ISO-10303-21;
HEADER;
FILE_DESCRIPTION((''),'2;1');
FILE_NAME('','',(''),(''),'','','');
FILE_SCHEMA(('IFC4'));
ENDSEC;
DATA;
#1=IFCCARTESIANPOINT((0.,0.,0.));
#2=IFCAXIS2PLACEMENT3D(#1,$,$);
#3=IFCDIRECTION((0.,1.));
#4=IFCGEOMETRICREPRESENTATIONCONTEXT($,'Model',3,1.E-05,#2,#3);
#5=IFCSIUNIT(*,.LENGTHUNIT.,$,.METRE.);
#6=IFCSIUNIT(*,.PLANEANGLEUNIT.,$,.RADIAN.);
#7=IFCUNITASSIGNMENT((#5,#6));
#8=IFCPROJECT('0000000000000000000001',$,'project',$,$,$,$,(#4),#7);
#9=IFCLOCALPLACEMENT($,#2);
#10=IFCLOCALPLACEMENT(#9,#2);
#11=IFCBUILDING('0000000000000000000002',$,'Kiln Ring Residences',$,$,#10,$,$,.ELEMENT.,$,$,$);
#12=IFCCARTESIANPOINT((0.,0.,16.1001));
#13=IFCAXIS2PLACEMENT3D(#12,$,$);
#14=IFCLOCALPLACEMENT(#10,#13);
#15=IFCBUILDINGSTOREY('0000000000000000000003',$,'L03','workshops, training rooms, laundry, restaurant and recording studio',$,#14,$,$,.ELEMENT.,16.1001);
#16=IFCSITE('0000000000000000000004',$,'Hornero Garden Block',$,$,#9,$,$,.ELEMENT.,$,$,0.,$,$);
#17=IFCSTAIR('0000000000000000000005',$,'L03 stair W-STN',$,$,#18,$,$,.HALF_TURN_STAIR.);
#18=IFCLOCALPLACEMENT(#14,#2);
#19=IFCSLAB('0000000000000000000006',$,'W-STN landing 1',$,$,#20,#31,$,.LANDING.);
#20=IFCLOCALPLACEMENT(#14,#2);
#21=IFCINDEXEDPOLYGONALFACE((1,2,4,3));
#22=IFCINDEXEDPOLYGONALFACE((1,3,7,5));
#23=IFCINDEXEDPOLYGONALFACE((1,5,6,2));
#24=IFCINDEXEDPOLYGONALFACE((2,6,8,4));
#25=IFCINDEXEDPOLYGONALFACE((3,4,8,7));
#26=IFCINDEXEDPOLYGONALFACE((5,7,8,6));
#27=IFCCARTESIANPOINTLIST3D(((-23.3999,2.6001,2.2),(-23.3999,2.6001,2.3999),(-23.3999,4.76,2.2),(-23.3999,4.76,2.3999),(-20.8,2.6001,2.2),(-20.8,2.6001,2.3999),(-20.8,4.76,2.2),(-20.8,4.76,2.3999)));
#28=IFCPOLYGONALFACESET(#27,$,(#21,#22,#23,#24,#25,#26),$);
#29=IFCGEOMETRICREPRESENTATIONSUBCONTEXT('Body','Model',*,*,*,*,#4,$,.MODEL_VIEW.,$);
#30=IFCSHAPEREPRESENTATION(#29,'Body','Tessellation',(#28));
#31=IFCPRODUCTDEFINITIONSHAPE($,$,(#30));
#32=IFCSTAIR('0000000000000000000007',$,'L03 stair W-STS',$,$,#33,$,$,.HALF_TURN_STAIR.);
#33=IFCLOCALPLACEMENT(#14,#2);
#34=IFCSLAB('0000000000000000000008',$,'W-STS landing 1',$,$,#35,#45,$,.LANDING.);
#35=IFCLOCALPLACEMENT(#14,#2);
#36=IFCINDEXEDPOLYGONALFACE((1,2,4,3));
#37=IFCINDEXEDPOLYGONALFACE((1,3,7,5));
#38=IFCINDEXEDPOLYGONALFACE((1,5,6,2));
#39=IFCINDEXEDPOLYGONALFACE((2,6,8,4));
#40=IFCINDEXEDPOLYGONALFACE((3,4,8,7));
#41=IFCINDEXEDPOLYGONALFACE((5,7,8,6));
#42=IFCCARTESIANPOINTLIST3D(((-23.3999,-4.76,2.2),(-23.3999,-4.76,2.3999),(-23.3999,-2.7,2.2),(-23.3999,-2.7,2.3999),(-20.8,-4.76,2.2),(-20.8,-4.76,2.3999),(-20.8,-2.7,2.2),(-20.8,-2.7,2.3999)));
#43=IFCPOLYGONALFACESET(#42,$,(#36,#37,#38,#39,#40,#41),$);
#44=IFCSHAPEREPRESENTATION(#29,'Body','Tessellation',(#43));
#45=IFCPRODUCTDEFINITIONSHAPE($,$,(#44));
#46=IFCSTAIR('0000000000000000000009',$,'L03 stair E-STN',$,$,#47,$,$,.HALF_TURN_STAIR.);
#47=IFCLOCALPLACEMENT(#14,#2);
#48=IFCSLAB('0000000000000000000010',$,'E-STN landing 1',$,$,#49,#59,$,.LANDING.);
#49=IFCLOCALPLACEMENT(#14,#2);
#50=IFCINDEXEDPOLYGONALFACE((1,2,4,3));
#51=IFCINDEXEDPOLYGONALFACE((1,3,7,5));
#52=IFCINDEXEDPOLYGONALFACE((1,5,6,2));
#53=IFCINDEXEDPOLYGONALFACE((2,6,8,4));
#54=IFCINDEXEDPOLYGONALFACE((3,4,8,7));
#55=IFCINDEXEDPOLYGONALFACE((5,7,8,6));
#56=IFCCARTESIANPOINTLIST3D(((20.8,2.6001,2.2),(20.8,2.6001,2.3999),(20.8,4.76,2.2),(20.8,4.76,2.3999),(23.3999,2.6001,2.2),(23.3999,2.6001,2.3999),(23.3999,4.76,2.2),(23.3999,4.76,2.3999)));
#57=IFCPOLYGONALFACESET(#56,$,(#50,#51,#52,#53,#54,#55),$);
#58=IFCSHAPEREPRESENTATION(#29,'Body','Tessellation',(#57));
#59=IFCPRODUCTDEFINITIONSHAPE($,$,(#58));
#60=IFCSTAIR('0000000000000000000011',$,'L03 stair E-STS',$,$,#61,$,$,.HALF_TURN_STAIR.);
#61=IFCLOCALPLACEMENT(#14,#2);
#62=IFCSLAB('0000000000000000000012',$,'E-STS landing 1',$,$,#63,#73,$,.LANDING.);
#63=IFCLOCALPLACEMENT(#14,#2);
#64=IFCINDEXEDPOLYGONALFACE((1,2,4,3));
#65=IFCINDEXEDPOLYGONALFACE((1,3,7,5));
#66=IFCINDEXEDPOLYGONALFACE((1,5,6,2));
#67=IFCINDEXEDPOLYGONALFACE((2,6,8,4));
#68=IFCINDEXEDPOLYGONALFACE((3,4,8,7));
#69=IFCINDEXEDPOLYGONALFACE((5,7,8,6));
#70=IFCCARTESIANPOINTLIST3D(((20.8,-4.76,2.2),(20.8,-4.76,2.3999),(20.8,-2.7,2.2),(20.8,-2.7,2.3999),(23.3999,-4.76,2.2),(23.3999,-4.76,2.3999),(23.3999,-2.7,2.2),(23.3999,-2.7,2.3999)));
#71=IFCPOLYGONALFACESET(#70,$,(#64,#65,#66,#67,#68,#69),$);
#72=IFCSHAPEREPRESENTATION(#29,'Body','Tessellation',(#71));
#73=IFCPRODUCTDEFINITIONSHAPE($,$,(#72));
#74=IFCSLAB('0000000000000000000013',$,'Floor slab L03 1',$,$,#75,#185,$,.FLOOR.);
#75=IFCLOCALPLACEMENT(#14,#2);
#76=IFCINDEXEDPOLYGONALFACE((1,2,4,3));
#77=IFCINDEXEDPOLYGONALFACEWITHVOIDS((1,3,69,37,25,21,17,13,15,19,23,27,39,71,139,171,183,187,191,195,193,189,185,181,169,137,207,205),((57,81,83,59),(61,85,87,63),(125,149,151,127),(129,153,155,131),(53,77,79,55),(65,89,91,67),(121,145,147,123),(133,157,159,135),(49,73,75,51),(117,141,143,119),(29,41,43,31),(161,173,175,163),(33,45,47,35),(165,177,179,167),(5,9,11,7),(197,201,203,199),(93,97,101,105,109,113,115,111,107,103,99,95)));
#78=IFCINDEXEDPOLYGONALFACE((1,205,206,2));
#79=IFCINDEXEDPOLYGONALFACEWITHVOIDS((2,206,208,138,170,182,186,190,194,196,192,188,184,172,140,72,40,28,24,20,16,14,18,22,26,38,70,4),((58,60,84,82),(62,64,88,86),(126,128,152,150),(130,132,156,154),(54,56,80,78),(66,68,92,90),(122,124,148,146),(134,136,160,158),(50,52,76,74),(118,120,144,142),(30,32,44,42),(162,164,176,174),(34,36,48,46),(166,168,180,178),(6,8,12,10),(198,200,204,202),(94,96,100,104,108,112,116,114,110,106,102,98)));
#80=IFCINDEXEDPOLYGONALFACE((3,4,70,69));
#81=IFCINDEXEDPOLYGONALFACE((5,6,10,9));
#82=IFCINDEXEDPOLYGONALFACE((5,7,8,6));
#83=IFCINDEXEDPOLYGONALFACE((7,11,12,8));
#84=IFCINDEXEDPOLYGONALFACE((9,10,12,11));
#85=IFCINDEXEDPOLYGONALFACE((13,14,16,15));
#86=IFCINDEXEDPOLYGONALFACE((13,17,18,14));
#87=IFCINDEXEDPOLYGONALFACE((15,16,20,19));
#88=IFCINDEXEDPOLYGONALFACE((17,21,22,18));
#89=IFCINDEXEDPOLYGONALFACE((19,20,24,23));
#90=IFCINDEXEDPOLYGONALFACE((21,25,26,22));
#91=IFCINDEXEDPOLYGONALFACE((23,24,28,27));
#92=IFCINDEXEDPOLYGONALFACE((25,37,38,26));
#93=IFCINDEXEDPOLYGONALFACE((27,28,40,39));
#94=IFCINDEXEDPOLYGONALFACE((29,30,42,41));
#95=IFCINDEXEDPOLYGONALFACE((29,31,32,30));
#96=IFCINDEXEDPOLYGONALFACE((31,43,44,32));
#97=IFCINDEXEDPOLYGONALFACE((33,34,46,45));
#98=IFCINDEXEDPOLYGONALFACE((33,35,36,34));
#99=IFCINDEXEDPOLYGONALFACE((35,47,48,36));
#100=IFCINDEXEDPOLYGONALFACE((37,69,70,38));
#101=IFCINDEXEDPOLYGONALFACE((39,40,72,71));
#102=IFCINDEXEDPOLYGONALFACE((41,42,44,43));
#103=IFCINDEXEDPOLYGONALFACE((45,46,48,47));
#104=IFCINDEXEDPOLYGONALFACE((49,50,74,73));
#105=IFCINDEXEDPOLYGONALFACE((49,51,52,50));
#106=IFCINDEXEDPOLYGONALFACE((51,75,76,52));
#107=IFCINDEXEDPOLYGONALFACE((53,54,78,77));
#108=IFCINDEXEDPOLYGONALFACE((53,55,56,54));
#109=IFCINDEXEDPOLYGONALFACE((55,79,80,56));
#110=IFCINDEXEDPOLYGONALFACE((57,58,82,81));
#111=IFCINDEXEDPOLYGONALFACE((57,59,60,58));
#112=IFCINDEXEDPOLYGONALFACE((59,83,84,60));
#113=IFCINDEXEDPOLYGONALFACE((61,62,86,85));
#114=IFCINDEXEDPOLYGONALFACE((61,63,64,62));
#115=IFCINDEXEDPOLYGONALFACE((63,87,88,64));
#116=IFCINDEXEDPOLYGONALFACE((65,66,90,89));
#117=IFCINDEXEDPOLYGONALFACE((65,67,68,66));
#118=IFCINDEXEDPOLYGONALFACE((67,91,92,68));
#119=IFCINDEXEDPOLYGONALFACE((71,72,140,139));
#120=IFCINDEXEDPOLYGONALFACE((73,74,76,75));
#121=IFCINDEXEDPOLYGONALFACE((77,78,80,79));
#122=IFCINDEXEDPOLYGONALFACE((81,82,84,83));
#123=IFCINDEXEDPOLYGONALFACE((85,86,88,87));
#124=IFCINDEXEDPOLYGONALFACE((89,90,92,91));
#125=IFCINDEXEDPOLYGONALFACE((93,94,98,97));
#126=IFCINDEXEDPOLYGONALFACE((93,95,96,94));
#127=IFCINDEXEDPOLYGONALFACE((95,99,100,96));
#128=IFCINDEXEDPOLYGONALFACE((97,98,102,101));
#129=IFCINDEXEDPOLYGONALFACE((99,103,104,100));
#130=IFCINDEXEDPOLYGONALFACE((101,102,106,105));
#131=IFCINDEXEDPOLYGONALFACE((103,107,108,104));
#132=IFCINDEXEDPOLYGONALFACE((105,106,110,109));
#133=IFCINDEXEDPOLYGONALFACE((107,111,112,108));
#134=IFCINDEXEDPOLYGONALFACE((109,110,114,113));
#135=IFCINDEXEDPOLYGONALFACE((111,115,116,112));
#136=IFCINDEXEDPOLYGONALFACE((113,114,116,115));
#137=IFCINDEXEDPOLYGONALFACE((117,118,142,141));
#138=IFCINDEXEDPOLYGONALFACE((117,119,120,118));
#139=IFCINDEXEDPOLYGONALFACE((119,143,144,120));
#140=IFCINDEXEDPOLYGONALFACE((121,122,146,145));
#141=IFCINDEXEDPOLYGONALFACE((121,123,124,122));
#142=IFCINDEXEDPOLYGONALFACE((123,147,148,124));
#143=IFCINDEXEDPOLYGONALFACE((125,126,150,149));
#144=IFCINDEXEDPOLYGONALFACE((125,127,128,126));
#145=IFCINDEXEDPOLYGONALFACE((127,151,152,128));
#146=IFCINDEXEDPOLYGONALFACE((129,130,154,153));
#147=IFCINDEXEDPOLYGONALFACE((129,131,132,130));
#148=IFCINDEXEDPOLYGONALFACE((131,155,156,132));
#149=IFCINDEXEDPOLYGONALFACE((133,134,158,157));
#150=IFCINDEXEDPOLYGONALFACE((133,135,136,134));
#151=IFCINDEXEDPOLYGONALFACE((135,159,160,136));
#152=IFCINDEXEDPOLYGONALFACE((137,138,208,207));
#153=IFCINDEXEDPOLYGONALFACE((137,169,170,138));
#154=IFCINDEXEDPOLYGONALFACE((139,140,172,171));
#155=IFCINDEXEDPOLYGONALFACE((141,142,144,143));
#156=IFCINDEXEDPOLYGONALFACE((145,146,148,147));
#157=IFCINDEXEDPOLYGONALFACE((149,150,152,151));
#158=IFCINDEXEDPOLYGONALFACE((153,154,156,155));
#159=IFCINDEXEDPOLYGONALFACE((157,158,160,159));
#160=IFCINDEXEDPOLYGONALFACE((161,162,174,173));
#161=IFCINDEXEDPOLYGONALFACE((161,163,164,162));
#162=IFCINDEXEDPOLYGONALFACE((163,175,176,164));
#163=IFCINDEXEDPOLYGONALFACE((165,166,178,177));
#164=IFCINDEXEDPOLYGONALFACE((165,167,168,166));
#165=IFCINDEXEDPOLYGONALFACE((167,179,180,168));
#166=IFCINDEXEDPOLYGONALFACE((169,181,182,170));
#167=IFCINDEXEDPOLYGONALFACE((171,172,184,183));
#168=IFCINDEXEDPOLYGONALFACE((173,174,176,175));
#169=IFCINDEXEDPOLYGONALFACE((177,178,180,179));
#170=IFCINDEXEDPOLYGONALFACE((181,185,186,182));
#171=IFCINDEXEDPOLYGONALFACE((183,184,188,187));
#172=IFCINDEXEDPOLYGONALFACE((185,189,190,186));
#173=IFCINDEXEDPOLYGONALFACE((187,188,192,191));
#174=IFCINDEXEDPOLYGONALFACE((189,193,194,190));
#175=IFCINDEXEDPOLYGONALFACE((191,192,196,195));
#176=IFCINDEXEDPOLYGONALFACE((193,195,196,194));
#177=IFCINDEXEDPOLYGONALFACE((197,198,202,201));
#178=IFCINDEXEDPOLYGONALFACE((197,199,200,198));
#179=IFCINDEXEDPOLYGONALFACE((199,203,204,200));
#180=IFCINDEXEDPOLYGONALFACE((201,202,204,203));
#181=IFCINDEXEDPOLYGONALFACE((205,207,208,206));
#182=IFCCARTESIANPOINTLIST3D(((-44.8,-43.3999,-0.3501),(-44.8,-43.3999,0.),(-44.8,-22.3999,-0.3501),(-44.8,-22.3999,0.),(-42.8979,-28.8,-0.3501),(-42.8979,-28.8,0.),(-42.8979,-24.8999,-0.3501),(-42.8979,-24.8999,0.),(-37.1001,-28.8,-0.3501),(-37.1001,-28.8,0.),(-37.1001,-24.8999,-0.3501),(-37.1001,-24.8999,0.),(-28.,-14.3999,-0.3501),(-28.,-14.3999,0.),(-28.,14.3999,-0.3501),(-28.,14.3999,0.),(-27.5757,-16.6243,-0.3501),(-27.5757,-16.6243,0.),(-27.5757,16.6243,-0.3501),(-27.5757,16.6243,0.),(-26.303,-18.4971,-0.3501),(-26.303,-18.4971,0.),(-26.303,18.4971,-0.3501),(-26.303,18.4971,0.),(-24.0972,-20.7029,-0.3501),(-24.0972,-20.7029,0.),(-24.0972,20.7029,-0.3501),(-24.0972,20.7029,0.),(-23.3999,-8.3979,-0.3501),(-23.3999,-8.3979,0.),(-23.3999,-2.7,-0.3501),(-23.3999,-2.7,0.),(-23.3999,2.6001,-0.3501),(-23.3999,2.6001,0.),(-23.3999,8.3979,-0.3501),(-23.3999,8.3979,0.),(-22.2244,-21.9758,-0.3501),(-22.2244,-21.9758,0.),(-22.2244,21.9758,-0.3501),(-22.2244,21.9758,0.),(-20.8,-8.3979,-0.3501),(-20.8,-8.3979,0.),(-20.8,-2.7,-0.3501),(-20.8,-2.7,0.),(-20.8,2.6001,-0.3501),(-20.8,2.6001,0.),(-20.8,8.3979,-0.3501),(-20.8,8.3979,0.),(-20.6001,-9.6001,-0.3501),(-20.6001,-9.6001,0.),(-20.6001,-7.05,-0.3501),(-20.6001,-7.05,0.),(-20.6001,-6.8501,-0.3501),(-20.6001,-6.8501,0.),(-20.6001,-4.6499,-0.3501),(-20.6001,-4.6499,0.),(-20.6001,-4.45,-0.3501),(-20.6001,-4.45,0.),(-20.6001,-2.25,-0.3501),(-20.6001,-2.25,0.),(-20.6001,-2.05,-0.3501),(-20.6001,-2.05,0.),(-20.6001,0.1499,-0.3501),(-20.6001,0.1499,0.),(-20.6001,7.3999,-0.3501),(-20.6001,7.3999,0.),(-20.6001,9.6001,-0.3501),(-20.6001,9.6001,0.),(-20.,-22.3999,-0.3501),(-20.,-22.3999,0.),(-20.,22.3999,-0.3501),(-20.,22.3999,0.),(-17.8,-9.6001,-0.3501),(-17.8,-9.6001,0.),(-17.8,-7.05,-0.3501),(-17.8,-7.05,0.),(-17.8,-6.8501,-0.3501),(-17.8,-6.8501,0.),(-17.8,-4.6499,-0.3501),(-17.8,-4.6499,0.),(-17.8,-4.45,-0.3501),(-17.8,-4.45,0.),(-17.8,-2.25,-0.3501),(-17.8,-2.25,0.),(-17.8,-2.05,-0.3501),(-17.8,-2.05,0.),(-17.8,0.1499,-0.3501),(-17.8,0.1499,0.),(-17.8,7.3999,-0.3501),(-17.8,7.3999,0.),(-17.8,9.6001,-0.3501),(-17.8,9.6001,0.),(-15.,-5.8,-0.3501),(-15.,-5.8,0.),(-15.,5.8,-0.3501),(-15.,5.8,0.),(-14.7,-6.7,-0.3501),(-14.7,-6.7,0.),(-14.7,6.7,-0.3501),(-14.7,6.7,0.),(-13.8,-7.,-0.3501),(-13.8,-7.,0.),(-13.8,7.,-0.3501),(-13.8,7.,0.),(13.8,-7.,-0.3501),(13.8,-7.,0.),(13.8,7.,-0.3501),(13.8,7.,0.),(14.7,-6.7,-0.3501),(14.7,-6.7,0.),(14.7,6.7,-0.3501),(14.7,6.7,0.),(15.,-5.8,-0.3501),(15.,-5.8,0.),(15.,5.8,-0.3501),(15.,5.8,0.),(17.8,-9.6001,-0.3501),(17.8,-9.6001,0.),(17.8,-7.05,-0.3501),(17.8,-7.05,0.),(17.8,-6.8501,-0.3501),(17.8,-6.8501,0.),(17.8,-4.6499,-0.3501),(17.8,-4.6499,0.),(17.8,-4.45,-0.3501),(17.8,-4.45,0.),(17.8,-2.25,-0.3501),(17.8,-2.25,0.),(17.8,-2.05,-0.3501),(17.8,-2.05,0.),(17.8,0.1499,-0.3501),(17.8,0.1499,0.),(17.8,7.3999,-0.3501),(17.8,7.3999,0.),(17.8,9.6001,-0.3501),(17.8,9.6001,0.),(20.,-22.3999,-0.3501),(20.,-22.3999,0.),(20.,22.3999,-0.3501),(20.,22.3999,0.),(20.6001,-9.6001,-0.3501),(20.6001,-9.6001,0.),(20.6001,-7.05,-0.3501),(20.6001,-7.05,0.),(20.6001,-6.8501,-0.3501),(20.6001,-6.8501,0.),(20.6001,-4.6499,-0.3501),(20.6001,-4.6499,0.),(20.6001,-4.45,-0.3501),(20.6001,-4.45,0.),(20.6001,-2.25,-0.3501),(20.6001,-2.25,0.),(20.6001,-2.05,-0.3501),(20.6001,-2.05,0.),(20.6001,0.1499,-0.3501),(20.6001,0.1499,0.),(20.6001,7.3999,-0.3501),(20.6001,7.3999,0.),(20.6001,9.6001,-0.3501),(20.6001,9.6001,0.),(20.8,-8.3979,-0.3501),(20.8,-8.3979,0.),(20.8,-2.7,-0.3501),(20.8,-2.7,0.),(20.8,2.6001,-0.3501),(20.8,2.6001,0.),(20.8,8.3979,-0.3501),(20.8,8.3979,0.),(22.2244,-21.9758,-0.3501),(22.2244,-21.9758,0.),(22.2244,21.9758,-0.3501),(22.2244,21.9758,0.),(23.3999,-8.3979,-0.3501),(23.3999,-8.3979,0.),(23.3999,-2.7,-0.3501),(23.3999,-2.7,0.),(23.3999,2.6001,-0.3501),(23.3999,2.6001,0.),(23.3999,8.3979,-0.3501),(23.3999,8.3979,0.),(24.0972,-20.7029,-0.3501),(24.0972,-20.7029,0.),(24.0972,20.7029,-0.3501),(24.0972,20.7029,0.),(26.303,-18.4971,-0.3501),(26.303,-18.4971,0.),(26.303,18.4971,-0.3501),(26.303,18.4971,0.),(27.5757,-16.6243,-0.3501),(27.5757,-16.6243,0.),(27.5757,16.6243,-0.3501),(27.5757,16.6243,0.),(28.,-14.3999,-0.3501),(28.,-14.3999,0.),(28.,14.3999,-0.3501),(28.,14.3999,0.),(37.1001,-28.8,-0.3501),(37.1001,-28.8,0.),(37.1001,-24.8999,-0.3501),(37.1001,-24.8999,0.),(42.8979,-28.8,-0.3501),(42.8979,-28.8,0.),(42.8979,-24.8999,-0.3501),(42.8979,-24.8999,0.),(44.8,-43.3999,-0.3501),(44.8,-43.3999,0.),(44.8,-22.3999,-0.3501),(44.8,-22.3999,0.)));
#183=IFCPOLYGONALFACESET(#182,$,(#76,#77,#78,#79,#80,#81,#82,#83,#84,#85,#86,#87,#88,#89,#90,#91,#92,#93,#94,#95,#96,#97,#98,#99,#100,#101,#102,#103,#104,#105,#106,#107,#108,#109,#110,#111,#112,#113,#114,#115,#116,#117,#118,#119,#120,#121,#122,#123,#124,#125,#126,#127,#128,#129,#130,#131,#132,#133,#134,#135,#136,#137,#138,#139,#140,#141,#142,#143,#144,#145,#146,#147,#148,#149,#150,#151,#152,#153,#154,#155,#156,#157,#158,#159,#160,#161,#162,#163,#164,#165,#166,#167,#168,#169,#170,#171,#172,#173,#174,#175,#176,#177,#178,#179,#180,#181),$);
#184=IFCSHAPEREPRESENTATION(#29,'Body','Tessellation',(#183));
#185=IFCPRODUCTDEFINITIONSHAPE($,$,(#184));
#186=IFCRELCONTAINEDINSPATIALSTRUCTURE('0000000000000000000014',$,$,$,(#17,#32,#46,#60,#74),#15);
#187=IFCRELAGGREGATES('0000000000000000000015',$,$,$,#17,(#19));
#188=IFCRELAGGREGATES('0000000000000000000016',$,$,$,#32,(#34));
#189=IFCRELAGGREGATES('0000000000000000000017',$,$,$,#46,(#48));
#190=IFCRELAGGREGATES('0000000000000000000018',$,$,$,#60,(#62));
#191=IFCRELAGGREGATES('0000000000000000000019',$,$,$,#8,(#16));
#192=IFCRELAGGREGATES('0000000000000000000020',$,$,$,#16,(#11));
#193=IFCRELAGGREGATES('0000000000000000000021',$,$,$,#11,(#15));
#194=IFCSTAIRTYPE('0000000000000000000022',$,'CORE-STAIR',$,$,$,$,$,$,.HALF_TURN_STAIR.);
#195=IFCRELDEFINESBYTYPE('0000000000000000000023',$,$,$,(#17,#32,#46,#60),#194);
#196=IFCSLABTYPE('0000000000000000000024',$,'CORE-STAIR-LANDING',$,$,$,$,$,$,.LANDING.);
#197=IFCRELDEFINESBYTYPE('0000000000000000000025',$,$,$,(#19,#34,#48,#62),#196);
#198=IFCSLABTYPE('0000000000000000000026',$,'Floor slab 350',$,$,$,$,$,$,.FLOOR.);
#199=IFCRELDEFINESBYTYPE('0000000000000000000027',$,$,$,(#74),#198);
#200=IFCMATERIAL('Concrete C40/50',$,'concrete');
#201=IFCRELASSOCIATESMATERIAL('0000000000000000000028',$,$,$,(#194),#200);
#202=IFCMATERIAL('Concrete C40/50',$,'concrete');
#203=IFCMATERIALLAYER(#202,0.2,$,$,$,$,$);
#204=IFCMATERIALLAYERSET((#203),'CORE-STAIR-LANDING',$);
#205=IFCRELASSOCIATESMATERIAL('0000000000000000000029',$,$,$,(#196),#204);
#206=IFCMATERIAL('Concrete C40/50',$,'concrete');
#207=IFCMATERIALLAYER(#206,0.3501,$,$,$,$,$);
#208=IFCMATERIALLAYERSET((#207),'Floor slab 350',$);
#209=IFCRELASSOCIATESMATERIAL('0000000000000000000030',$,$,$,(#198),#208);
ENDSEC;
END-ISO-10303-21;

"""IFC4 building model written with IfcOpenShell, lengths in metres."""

from ifc_helpers import new_model, si_unit, direction, frame, origin, place, context, subcontext, project, spatial, polyline, outline, extrude, material, layer, layer_set, type_object, element, aggregate, save


model = new_model("IFC4")

# Units and contexts
model_context = context("Model", 3, precision=1e-05, world=origin(), true_north=direction((0.0, 1.0)))
body_context = subcontext(model_context, "Body", "Model", "MODEL_VIEW")
ifc_project = project(units=[si_unit("LENGTHUNIT", "METRE"), si_unit("PLANEANGLEUNIT", "RADIAN")], contexts=[model_context])

# Site, building, storey
site_placement = place(None, origin())
site = spatial("IfcSite", under=ifc_project, at=site_placement, Name="Hornero Garden Block", CompositionType="ELEMENT", RefElevation=0.0)
building_placement = place(site_placement, origin())
building = spatial("IfcBuilding", under=site, at=building_placement, Name="Kiln Ring Residences", CompositionType="ELEMENT")
storey_placement = place(building_placement, frame((0.0, 0.0, 16.1001)))
storey = spatial("IfcBuildingStorey", under=building, at=storey_placement, Name="L03", Description="workshops, training rooms, laundry, restaurant and recording studio", CompositionType="ELEMENT", Elevation=16.1001)

# Stairs, slabs
ifc_material_1 = material(Name="Concrete C40/50", Category="concrete")
stair_type_1 = type_object("IfcStairType", Name="CORE-STAIR", PredefinedType="HALF_TURN_STAIR", material=ifc_material_1)
placement_1 = place(storey_placement, origin())
stair_1 = element("IfcStair", 1, at=placement_1, inside=storey, type_object=stair_type_1, Name="L03 stair W-STN", PredefinedType="HALF_TURN_STAIR")
ifc_material_2 = material(Name="Concrete C40/50", Category="concrete")
ifc_layer_1 = layer(ifc_material_2, 0.2)
ifc_layer_set_1 = layer_set([ifc_layer_1], Name="CORE-STAIR-LANDING")
slab_type_1 = type_object("IfcSlabType", Name="CORE-STAIR-LANDING", PredefinedType="LANDING", material=ifc_layer_set_1)
placement_2 = place(storey_placement, frame((0.0, 0.0, 2.2)))
slab_1 = element("IfcSlab", 2, at=placement_2, type_object=slab_type_1, Name="W-STN landing 1", PredefinedType="LANDING", context=body_context, shape_type="SweptSolid", body=[
    extrude(outline(polyline([(-23.3999, 4.76), (-23.3999, 2.6001), (-20.8, 2.6001), (-20.8, 4.76), (-23.3999, 4.76)])), origin(), (0.0, 0.0, 1.0), 0.2),
])
aggregate(stair_1, [slab_1])
stair_2 = element("IfcStair", 3, at=placement_1, inside=storey, type_object=stair_type_1, Name="L03 stair W-STS", PredefinedType="HALF_TURN_STAIR")
slab_2 = element("IfcSlab", 4, at=placement_2, type_object=slab_type_1, Name="W-STS landing 1", PredefinedType="LANDING", context=body_context, shape_type="SweptSolid", body=[
    extrude(outline(polyline([(-20.8, -4.76), (-20.8, -2.7), (-23.3999, -2.7), (-23.3999, -4.76), (-20.8, -4.76)])), origin(), (0.0, 0.0, 1.0), 0.2),
])
aggregate(stair_2, [slab_2])
stair_3 = element("IfcStair", 5, at=placement_1, inside=storey, type_object=stair_type_1, Name="L03 stair E-STN", PredefinedType="HALF_TURN_STAIR")
slab_3 = element("IfcSlab", 6, at=placement_2, type_object=slab_type_1, Name="E-STN landing 1", PredefinedType="LANDING", context=body_context, shape_type="SweptSolid", body=[
    extrude(outline(polyline([(20.8, 4.76), (20.8, 2.6001), (23.3999, 2.6001), (23.3999, 4.76), (20.8, 4.76)])), origin(), (0.0, 0.0, 1.0), 0.2),
])
aggregate(stair_3, [slab_3])
stair_4 = element("IfcStair", 7, at=placement_1, inside=storey, type_object=stair_type_1, Name="L03 stair E-STS", PredefinedType="HALF_TURN_STAIR")
slab_4 = element("IfcSlab", 8, at=placement_2, type_object=slab_type_1, Name="E-STS landing 1", PredefinedType="LANDING", context=body_context, shape_type="SweptSolid", body=[
    extrude(outline(polyline([(23.3999, -4.76), (23.3999, -2.7), (20.8, -2.7), (20.8, -4.76), (23.3999, -4.76)])), origin(), (0.0, 0.0, 1.0), 0.2),
])
aggregate(stair_4, [slab_4])

# Slab
ifc_material_3 = material(Name="Concrete C40/50", Category="concrete")
ifc_layer_2 = layer(ifc_material_3, 0.3501)
ifc_layer_set_2 = layer_set([ifc_layer_2], Name="Floor slab 350")
slab_type_2 = type_object("IfcSlabType", Name="Floor slab 350", PredefinedType="FLOOR", material=ifc_layer_set_2)
placement_3 = place(storey_placement, frame((0.0, 0.0, -0.3501)))
element("IfcSlab", 9, at=placement_3, inside=storey, type_object=slab_type_2, Name="Floor slab L03 1", PredefinedType="FLOOR", context=body_context, shape_type="SweptSolid", body=[
    extrude(outline(polyline([(44.8, -43.3999), (44.8, -22.3999), (20.0, -22.3999), (22.2244, -21.9758), (24.0972, -20.7029), (26.303, -18.4971), (27.5757, -16.6243), (28.0, -14.3999), (28.0, 14.3999), (27.5757, 16.6243), (26.303, 18.4971), (24.0972, 20.7029), (22.2244, 21.9758), (20.0, 22.3999), (-20.0, 22.3999), (-22.2244, 21.9758), (-24.0972, 20.7029), (-26.303, 18.4971), (-27.5757, 16.6243), (-28.0, 14.3999), (-28.0, -14.3999), (-27.5757, -16.6243), (-26.303, -18.4971), (-24.0972, -20.7029), (-22.2244, -21.9758), (-20.0, -22.3999), (-44.8, -22.3999), (-44.8, -43.3999), (44.8, -43.3999)]), holes=[polyline([(-14.7, -6.7), (-15.0, -5.8), (-15.0, 5.8), (-14.7, 6.7), (-13.8, 7.0), (13.8, 7.0), (14.7, 6.7), (15.0, 5.8), (15.0, -5.8), (14.7, -6.7), (13.8, -7.0), (-13.8, -7.0), (-14.7, -6.7)]), polyline([(42.8979, -24.8999), (42.8979, -28.8), (37.1001, -28.8), (37.1001, -24.8999), (42.8979, -24.8999)]), polyline([(20.8, -8.3979), (20.8, -2.7), (23.3999, -2.7), (23.3999, -8.3979), (20.8, -8.3979)]), polyline([(20.8, 2.6001), (20.8, 8.3979), (23.3999, 8.3979), (23.3999, 2.6001), (20.8, 2.6001)]), polyline([(17.8, -9.6001), (17.8, -7.05), (20.6001, -7.05), (20.6001, -9.6001), (17.8, -9.6001)]), polyline([(17.8, -6.8501), (17.8, -4.6499), (20.6001, -4.6499), (20.6001, -6.8501), (17.8, -6.8501)]), polyline([(17.8, -4.45), (17.8, -2.25), (20.6001, -2.25), (20.6001, -4.45), (17.8, -4.45)]), polyline([(17.8, -2.05), (17.8, 0.1499), (20.6001, 0.1499), (20.6001, -2.05), (17.8, -2.05)]), polyline([(17.8, 7.3999), (17.8, 9.6001), (20.6001, 9.6001), (20.6001, 7.3999), (17.8, 7.3999)]), polyline([(-17.8, -9.6001), (-20.6001, -9.6001), (-20.6001, -7.05), (-17.8, -7.05), (-17.8, -9.6001)]), polyline([(-17.8, -6.8501), (-20.6001, -6.8501), (-20.6001, -4.6499), (-17.8, -4.6499), (-17.8, -6.8501)]), polyline([(-17.8, -4.45), (-20.6001, -4.45), (-20.6001, -2.25), (-17.8, -2.25), (-17.8, -4.45)]), polyline([(-17.8, -2.05), (-20.6001, -2.05), (-20.6001, 0.1499), (-17.8, 0.1499), (-17.8, -2.05)]), polyline([(-17.8, 7.3999), (-20.6001, 7.3999), (-20.6001, 9.6001), (-17.8, 9.6001), (-17.8, 7.3999)]), polyline([(-20.8, -8.3979), (-23.3999, -8.3979), (-23.3999, -2.7), (-20.8, -2.7), (-20.8, -8.3979)]), polyline([(-20.8, 2.6001), (-23.3999, 2.6001), (-23.3999, 8.3979), (-20.8, 8.3979), (-20.8, 2.6001)]), polyline([(-42.8979, -28.8), (-42.8979, -24.8999), (-37.1001, -24.8999), (-37.1001, -28.8), (-42.8979, -28.8)])]), origin(), (0.0, 0.0, 1.0), 0.3501),
])

save(model, "model.ifc")
